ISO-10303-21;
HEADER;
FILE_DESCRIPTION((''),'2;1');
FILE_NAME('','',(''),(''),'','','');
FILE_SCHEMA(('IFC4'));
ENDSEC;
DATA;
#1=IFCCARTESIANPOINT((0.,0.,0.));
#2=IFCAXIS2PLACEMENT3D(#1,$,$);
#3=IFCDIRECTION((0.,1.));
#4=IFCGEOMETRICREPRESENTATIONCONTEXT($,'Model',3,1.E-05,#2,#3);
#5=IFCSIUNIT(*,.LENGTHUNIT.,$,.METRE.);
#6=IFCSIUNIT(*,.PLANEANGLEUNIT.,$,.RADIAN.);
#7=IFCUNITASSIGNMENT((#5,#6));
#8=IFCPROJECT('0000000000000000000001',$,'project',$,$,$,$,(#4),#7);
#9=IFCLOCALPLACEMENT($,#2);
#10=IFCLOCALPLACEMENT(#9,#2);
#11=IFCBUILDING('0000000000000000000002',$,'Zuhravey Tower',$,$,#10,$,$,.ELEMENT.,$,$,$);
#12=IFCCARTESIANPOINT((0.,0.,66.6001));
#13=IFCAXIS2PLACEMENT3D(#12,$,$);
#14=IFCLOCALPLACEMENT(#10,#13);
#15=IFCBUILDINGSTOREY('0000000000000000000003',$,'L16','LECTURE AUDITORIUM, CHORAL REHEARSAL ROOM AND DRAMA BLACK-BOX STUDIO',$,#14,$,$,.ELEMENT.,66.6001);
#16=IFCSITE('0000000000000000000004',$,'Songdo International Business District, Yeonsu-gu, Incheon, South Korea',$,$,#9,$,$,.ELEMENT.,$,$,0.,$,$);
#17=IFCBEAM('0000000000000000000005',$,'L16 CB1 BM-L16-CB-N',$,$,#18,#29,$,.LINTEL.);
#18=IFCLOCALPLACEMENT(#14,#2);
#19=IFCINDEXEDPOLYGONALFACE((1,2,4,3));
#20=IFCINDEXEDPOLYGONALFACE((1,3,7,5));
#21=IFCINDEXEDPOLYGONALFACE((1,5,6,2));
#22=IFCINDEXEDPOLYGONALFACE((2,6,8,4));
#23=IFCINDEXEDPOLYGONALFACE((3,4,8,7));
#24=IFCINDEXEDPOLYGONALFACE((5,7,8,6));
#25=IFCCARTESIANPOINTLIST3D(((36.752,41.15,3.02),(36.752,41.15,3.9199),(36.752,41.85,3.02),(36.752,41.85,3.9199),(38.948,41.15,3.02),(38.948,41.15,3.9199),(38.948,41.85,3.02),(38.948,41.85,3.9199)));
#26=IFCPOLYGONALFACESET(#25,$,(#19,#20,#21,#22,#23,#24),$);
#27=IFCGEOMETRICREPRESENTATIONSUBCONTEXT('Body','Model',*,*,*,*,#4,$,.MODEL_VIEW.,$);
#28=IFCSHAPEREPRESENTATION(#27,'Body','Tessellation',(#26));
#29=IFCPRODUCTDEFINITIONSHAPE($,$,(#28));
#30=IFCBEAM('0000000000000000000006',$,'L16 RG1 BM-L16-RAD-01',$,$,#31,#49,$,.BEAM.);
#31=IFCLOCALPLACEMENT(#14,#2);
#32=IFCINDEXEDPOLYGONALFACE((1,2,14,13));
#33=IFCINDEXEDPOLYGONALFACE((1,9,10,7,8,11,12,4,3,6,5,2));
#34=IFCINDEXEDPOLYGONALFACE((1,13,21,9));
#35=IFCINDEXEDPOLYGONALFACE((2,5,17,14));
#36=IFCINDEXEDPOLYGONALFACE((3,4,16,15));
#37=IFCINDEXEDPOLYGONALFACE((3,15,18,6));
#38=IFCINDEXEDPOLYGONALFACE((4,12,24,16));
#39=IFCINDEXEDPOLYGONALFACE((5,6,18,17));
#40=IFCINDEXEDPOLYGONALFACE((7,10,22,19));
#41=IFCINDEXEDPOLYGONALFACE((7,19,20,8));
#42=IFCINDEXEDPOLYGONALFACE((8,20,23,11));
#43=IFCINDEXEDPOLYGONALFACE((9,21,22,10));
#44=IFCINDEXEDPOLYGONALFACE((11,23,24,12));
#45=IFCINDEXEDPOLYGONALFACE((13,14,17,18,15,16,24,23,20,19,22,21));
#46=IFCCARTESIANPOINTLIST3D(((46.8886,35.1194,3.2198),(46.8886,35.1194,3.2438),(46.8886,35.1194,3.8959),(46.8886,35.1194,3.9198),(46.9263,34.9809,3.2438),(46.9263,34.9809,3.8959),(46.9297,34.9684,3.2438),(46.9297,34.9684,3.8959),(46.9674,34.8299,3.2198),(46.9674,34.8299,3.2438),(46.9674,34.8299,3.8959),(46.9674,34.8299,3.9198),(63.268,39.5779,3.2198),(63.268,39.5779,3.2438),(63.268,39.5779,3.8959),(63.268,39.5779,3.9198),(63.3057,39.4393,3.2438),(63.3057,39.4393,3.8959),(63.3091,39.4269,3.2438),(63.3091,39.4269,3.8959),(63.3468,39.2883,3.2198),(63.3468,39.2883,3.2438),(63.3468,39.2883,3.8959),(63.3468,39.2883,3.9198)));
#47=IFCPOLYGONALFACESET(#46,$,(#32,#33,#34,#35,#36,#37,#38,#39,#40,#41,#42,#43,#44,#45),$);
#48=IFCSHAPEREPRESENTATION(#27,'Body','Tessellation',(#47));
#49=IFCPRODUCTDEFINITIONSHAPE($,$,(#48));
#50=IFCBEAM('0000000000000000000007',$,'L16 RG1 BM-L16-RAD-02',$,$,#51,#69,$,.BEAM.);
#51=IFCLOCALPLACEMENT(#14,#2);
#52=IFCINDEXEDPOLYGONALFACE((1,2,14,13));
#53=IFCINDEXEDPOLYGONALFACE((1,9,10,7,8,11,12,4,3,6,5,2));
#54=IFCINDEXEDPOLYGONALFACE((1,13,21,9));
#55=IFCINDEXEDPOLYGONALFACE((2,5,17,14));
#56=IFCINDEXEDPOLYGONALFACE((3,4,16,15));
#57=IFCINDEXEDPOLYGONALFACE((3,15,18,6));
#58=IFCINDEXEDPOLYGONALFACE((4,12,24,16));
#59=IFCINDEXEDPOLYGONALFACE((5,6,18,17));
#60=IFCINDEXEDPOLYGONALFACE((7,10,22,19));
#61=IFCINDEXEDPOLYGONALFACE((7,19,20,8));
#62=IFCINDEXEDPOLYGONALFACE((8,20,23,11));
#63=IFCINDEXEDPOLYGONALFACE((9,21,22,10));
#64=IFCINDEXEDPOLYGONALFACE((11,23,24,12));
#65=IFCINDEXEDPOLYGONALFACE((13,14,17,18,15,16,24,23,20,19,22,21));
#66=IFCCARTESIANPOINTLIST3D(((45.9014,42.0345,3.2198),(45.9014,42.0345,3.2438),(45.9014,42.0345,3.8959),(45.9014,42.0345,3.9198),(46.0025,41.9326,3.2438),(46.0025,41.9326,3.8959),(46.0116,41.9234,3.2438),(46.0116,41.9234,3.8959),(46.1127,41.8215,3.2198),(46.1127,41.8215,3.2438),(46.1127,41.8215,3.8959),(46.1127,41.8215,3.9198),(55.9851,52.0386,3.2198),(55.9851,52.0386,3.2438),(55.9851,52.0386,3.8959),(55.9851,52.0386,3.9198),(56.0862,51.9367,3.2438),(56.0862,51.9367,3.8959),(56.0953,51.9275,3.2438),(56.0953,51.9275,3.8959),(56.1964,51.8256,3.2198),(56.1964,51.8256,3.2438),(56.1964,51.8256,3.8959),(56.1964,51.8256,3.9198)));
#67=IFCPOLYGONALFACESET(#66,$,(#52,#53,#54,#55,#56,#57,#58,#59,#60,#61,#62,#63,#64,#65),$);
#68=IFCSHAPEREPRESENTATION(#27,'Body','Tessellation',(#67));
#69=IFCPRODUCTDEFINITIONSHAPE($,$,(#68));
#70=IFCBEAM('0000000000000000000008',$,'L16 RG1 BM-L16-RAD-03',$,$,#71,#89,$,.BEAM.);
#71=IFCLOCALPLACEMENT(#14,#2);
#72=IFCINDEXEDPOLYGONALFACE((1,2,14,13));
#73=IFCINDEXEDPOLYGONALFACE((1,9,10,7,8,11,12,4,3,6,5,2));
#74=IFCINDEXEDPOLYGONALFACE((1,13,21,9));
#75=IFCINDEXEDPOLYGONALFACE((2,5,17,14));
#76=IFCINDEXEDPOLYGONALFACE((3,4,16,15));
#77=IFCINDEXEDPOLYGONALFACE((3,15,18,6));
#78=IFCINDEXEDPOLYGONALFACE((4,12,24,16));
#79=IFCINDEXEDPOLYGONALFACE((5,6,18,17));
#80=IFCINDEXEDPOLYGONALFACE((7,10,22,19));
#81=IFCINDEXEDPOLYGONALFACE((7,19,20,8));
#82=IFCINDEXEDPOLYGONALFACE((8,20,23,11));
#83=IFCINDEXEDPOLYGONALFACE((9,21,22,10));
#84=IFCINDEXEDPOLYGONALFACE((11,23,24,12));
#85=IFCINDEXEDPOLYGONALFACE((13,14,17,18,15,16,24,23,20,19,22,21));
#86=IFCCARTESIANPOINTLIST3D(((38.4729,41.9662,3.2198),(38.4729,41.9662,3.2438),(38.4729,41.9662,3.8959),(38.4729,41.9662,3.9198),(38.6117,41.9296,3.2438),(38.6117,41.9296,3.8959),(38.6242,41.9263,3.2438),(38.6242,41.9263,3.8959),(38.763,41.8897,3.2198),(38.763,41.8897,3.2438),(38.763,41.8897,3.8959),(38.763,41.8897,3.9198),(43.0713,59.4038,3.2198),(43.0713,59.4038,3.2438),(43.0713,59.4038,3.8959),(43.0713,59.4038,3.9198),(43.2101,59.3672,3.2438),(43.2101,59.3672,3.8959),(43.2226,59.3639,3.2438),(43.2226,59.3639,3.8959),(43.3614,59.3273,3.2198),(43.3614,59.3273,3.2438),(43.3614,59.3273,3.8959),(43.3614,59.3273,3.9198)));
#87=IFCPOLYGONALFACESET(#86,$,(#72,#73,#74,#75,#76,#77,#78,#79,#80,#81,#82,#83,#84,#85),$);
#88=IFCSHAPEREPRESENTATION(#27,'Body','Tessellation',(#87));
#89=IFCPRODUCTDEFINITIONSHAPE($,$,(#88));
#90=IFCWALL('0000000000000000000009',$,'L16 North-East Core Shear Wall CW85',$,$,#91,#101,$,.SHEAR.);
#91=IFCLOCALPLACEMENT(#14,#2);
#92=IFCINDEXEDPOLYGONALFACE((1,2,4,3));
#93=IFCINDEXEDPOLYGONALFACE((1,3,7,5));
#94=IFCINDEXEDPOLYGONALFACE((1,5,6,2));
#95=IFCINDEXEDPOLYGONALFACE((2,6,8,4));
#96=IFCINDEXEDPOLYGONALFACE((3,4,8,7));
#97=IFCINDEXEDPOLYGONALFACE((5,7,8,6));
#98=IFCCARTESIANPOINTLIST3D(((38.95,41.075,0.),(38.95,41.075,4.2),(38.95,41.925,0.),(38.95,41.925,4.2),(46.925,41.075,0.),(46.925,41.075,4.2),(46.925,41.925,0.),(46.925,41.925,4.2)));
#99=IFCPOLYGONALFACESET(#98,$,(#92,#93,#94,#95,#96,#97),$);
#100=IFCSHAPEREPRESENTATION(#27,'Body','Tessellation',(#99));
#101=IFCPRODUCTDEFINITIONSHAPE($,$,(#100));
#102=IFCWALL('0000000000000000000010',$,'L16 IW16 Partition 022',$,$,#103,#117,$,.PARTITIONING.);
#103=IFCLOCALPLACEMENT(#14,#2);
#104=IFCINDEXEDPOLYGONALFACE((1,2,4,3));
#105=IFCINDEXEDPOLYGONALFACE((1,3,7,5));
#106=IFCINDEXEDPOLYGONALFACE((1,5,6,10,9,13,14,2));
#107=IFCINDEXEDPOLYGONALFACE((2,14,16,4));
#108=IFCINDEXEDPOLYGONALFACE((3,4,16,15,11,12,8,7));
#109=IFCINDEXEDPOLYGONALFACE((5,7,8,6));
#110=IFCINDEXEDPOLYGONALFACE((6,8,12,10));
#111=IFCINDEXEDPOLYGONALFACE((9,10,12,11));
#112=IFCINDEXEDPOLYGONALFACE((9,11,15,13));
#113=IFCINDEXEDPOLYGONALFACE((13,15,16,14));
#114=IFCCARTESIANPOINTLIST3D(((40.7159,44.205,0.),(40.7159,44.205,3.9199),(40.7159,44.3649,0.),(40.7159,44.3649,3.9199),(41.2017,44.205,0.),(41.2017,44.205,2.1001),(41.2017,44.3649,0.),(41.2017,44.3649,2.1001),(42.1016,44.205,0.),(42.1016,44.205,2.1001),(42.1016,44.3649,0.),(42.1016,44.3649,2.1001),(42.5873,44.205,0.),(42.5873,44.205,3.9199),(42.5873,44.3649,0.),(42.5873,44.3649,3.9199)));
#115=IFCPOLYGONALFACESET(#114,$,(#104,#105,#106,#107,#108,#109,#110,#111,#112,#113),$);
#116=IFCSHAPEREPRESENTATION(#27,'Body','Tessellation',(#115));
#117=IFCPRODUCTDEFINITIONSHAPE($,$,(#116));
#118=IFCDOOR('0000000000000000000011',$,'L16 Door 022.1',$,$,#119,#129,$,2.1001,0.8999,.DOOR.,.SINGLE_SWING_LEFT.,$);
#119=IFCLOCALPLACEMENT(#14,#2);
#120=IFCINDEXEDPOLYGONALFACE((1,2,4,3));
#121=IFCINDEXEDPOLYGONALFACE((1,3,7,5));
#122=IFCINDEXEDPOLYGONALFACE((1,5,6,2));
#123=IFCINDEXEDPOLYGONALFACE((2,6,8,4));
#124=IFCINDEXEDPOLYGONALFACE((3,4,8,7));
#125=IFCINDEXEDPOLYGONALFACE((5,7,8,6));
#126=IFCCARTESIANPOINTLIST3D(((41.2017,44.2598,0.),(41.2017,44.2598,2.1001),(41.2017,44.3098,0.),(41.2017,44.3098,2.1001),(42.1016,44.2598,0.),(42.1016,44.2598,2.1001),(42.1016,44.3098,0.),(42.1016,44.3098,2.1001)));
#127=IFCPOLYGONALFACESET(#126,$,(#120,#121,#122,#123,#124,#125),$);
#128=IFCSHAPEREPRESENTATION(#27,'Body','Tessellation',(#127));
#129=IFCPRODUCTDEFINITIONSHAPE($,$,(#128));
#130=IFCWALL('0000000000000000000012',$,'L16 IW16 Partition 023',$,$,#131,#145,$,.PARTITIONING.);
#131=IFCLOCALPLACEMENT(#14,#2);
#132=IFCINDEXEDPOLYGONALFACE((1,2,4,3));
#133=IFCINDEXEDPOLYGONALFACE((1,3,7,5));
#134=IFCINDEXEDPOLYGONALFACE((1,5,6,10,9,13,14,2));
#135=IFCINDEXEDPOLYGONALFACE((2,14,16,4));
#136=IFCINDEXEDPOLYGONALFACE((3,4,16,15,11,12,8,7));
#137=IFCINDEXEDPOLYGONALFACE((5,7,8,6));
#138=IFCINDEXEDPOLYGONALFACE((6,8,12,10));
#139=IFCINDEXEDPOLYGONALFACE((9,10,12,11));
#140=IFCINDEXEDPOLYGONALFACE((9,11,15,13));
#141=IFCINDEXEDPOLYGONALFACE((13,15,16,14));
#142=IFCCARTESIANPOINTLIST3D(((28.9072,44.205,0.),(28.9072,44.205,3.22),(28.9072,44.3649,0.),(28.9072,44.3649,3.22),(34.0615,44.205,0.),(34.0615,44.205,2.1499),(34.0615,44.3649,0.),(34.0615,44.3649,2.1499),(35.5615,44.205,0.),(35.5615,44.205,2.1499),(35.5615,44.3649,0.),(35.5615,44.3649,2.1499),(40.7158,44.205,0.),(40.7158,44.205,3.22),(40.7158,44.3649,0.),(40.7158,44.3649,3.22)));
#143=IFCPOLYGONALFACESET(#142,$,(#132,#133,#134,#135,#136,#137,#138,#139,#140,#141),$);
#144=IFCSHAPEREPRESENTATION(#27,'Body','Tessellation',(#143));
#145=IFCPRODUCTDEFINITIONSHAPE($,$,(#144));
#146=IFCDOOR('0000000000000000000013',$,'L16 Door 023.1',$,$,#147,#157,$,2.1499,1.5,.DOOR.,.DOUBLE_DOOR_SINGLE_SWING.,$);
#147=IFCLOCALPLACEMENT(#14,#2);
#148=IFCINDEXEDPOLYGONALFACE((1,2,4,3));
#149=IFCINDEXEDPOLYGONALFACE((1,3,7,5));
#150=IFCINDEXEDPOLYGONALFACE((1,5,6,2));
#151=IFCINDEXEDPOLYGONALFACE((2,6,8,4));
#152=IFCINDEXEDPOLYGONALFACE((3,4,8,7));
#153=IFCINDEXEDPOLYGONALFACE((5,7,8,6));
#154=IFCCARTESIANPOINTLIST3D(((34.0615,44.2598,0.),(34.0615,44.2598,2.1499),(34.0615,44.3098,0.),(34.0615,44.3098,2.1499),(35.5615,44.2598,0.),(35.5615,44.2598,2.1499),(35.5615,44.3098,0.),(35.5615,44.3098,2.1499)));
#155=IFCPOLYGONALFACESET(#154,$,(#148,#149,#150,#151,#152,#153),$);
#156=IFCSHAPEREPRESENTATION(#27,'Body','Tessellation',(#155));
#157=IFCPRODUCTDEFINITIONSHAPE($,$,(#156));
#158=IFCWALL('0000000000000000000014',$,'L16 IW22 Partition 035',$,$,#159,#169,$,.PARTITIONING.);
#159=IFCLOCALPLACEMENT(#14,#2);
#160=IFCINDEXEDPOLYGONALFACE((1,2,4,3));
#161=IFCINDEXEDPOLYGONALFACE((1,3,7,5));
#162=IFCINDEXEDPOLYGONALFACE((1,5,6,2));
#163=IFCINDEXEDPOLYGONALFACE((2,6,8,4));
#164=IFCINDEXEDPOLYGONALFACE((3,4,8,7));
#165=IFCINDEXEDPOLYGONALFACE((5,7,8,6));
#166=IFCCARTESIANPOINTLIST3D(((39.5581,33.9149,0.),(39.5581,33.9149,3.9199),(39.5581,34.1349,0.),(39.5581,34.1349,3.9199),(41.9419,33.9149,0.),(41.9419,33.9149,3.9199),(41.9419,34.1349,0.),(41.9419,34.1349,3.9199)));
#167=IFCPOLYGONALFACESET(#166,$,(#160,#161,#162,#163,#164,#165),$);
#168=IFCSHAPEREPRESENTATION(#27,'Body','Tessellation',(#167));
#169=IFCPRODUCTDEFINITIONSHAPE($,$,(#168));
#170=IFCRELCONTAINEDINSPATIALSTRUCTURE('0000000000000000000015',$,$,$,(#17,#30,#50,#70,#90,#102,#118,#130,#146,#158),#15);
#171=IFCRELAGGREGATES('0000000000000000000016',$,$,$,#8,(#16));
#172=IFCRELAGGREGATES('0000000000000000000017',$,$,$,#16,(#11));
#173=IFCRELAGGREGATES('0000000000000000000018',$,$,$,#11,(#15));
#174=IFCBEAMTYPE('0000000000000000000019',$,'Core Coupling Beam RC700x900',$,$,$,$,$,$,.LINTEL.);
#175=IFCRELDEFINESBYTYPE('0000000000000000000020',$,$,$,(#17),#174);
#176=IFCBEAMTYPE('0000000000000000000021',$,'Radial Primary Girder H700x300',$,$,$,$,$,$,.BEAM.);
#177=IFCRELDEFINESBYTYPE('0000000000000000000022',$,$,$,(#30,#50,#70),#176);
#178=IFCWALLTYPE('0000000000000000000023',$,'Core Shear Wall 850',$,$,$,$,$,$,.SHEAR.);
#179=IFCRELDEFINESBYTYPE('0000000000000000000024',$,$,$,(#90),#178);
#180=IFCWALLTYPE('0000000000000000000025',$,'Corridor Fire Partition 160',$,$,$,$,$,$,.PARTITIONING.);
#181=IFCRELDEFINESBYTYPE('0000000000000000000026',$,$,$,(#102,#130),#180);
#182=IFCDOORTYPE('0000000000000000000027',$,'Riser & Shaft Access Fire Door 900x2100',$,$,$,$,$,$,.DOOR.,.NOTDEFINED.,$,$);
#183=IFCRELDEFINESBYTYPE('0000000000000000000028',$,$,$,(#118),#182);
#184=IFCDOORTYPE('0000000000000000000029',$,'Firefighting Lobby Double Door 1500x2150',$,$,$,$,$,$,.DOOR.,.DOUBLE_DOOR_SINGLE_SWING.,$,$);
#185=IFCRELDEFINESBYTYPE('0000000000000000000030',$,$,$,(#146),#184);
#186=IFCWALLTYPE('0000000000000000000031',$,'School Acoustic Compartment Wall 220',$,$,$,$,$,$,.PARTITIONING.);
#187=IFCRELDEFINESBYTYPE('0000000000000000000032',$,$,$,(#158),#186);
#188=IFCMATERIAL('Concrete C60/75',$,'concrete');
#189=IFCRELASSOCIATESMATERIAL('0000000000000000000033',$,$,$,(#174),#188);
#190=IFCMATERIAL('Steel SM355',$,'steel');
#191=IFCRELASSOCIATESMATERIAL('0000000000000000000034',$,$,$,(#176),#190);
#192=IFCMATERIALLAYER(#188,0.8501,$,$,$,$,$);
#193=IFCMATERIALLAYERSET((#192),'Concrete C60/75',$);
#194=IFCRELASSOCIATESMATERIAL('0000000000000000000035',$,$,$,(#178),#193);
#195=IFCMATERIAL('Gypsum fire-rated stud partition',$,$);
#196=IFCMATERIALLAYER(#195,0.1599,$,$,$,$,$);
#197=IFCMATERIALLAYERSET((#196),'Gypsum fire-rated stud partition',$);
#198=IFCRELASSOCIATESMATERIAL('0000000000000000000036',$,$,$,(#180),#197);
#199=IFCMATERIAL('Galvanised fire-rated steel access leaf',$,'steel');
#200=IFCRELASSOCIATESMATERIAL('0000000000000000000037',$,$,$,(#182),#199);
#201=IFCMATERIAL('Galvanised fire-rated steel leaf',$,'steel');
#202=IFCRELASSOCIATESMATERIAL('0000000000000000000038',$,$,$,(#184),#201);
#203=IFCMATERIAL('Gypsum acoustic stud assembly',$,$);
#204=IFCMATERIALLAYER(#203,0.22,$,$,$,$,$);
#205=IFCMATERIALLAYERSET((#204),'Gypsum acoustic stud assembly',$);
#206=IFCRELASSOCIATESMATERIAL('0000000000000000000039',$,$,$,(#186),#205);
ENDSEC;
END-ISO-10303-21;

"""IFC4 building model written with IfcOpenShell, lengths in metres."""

from ifc_helpers import new_model, si_unit, direction, frame, frame_2d, origin, origin_2d, place, context, subcontext, project, spatial, rectangle, i_section, extrude, material, layer, layer_set, material_profile, profile_set, type_object, element, fill, save


model = new_model("IFC4")

# Units and contexts
model_context = context("Model", 3, precision=1e-05, world=origin(), true_north=direction((0.0, 1.0)))
body_context = subcontext(model_context, "Body", "Model", "MODEL_VIEW")
ifc_project = project(units=[si_unit("LENGTHUNIT", "METRE"), si_unit("PLANEANGLEUNIT", "RADIAN")], contexts=[model_context])

# Site, building, storey
site_placement = place(None, origin())
site = spatial("IfcSite", under=ifc_project, at=site_placement, Name="Songdo International Business District, Yeonsu-gu, Incheon, South Korea", CompositionType="ELEMENT", RefElevation=0.0)
building_placement = place(site_placement, origin())
building = spatial("IfcBuilding", under=site, at=building_placement, Name="Zuhravey Tower", CompositionType="ELEMENT")
storey_placement = place(building_placement, frame((0.0, 0.0, 66.6001)))
storey = spatial("IfcBuildingStorey", under=building, at=storey_placement, Name="L16", Description="LECTURE AUDITORIUM, CHORAL REHEARSAL ROOM AND DRAMA BLACK-BOX STUDIO", CompositionType="ELEMENT", Elevation=66.6001)

# Beams
ifc_material_1 = material(Name="Concrete C60/75", Category="concrete")
ifc_material_profile_1 = material_profile(ifc_material_1, rectangle(XDim=0.7, YDim=0.8999, at=origin_2d()), Name="RC-700x900")
ifc_profile_set_1 = profile_set([ifc_material_profile_1], Name="Concrete C60/75")
beam_type_1 = type_object("IfcBeamType", Name="Core Coupling Beam RC700x900", PredefinedType="LINTEL", material=ifc_profile_set_1)
beam_1_placement = place(storey_placement, frame((36.752, 41.5, 3.47), z_axis=(1.0, 0.0, 0.0), x_axis=(0.0, 1.0, 0.0)))
element("IfcBeam", 1, at=beam_1_placement, inside=storey, type_object=beam_type_1, Name="L16 CB1 BM-L16-CB-N", PredefinedType="LINTEL", context=body_context, shape_type="SweptSolid", body=[
    extrude(rectangle(XDim=0.7, YDim=0.8999, at=origin_2d()), origin(), (0.0, 0.0, 1.0), 2.196),
])
ifc_material_2 = material(Name="Steel SM355", Category="steel")
ifc_material_profile_2 = material_profile(ifc_material_2, i_section(OverallWidth=0.3, OverallDepth=0.7, WebThickness=0.0129, FlangeThickness=0.0239, at=origin_2d()), Name="H-700x300x13x24")
ifc_profile_set_2 = profile_set([ifc_material_profile_2], Name="Steel SM355")
beam_type_2 = type_object("IfcBeamType", Name="Radial Primary Girder H700x300", PredefinedType="BEAM", material=ifc_profile_set_2)
beam_2_placement = place(storey_placement, frame((46.928, 34.9746, 3.5698), z_axis=(0.964892, 0.262645, 0.0), x_axis=(-0.262645, 0.964892, 0.0)))
element("IfcBeam", 2, at=beam_2_placement, inside=storey, type_object=beam_type_2, Name="L16 RG1 BM-L16-RAD-01", PredefinedType="BEAM", context=body_context, shape_type="SweptSolid", body=[
    extrude(i_section(OverallWidth=0.3, OverallDepth=0.7, WebThickness=0.0129, FlangeThickness=0.0239, at=origin_2d()), origin(), (0.0, 0.0, 1.0), 16.9753),
])
beam_3_placement = place(storey_placement, frame((46.0071, 41.928, 3.5698), z_axis=(0.709903, 0.7043, 0.0), x_axis=(-0.7043, 0.709903, 0.0)))
element("IfcBeam", 3, at=beam_3_placement, inside=storey, type_object=beam_type_2, Name="L16 RG1 BM-L16-RAD-02", PredefinedType="BEAM", context=body_context, shape_type="SweptSolid", body=[
    extrude(i_section(OverallWidth=0.3, OverallDepth=0.7, WebThickness=0.0129, FlangeThickness=0.0239, at=origin_2d()), origin(), (0.0, 0.0, 1.0), 14.2043),
])
beam_4_placement = place(storey_placement, frame((38.6179, 41.928, 3.5698), z_axis=(0.25499, 0.966944, 0.0), x_axis=(-0.966944, 0.25499, 0.0)))
element("IfcBeam", 4, at=beam_4_placement, inside=storey, type_object=beam_type_2, Name="L16 RG1 BM-L16-RAD-03", PredefinedType="BEAM", context=body_context, shape_type="SweptSolid", body=[
    extrude(i_section(OverallWidth=0.3, OverallDepth=0.7, WebThickness=0.0129, FlangeThickness=0.0239, at=origin_2d()), origin(), (0.0, 0.0, 1.0), 18.0337),
])

# Wall
ifc_layer_1 = layer(ifc_material_1, 0.8501)
ifc_layer_set_1 = layer_set([ifc_layer_1], Name="Concrete C60/75")
wall_type_1 = type_object("IfcWallType", Name="Core Shear Wall 850", PredefinedType="SHEAR", material=ifc_layer_set_1)
wall_1_placement = place(storey_placement, frame((46.925, 41.5, 0.0), z_axis=(0.0, 0.0, 1.0), x_axis=(-1.0, 0.0, 0.0)))
element("IfcWall", 5, at=wall_1_placement, inside=storey, type_object=wall_type_1, Name="L16 North-East Core Shear Wall CW85", PredefinedType="SHEAR", context=body_context, shape_type="SweptSolid", body=[
    extrude(rectangle(XDim=7.9751, YDim=0.8501, at=frame_2d((3.9875, 0.0))), origin(), (0.0, 0.0, 1.0), 4.2),
])

# Walls, openings, doors
ifc_material_3 = material(Name="Galvanised fire-rated steel leaf", Category="steel")
ifc_material_4 = material(Name="Gypsum fire-rated stud partition")
ifc_layer_2 = layer(ifc_material_4, 0.1599)
ifc_layer_set_2 = layer_set([ifc_layer_2], Name="Gypsum fire-rated stud partition")
wall_type_2 = type_object("IfcWallType", Name="Corridor Fire Partition 160", PredefinedType="PARTITIONING", material=ifc_layer_set_2)
wall_2_placement = place(storey_placement, frame((42.5872, 44.2849, 0.0), z_axis=(0.0, 0.0, 1.0), x_axis=(-1.0, 0.0, 0.0)))
wall_2 = element("IfcWall", 6, at=wall_2_placement, inside=storey, type_object=wall_type_2, Name="L16 IW16 Partition 022", PredefinedType="PARTITIONING", context=body_context, shape_type="SweptSolid", body=[
    extrude(rectangle(XDim=1.8713, YDim=0.1599, at=frame_2d((0.9355, 0.0))), origin(), (0.0, 0.0, 1.0), 3.9199),
])
opening_1_placement = place(wall_2_placement, frame((0.4856, 0.0, 0.0)))
opening_1 = element("IfcOpeningElement", 7, at=opening_1_placement, cuts=wall_2, PredefinedType="OPENING", context=body_context, shape_type="SweptSolid", body=[
    extrude(rectangle(XDim=0.8999, YDim=2.1001, at=frame_2d((0.45, 1.05))), frame((0.0, 0.092, 0.0), z_axis=(0.0, -1.0, 0.0), x_axis=(1.0, 0.0, 0.0)), (0.0, 0.0, 1.0), 0.1838),
])
ifc_material_5 = material(Name="Galvanised fire-rated steel access leaf", Category="steel")
door_type_1 = type_object("IfcDoorType", Name="Riser & Shaft Access Fire Door 900x2100", OperationType="NOTDEFINED", PredefinedType="DOOR", material=ifc_material_5)
door_1_placement = place(opening_1_placement, frame((0.8999, 0.0, 0.0), z_axis=(0.0, 0.0, 1.0), x_axis=(-1.0, 0.0, 0.0)))
door_1 = element("IfcDoor", 8, at=door_1_placement, inside=storey, type_object=door_type_1, Name="L16 Door 022.1", OperationType="SINGLE_SWING_LEFT", OverallHeight=2.1001, OverallWidth=0.8999, PredefinedType="DOOR", context=body_context, shape_type="SweptSolid", body=[
    extrude(rectangle(XDim=0.8999, YDim=2.1001, at=frame_2d((0.45, 1.05))), frame((0.0, 0.0249, 0.0), z_axis=(0.0, -1.0, 0.0), x_axis=(1.0, 0.0, 0.0)), (0.0, 0.0, 1.0), 0.05),
])
fill(opening_1, door_1)
wall_3_placement = place(storey_placement, frame((40.7158, 44.2849, 0.0), z_axis=(0.0, 0.0, 1.0), x_axis=(-1.0, 0.0, 0.0)))
wall_3 = element("IfcWall", 9, at=wall_3_placement, inside=storey, type_object=wall_type_2, Name="L16 IW16 Partition 023", PredefinedType="PARTITIONING", context=body_context, shape_type="SweptSolid", body=[
    extrude(rectangle(XDim=11.8086, YDim=0.1599, at=frame_2d((5.9043, 0.0))), origin(), (0.0, 0.0, 1.0), 3.22),
])
opening_2_placement = place(wall_3_placement, frame((5.1543, 0.0, 0.0)))
opening_2 = element("IfcOpeningElement", 10, at=opening_2_placement, cuts=wall_3, PredefinedType="OPENING", context=body_context, shape_type="SweptSolid", body=[
    extrude(rectangle(XDim=1.5, YDim=2.1499, at=frame_2d((0.75, 1.075))), frame((0.0, 0.092, 0.0), z_axis=(0.0, -1.0, 0.0), x_axis=(1.0, 0.0, 0.0)), (0.0, 0.0, 1.0), 0.1838),
])
door_type_2 = type_object("IfcDoorType", Name="Firefighting Lobby Double Door 1500x2150", OperationType="DOUBLE_DOOR_SINGLE_SWING", PredefinedType="DOOR", material=ifc_material_3)
door_2_placement = place(opening_2_placement, frame((1.5, 0.0, 0.0), z_axis=(0.0, 0.0, 1.0), x_axis=(-1.0, 0.0, 0.0)))
door_2 = element("IfcDoor", 11, at=door_2_placement, inside=storey, type_object=door_type_2, Name="L16 Door 023.1", OperationType="DOUBLE_DOOR_SINGLE_SWING", OverallHeight=2.1499, OverallWidth=1.5, PredefinedType="DOOR", context=body_context, shape_type="SweptSolid", body=[
    extrude(rectangle(XDim=1.5, YDim=2.1499, at=frame_2d((0.75, 1.075))), frame((0.0, 0.0249, 0.0), z_axis=(0.0, -1.0, 0.0), x_axis=(1.0, 0.0, 0.0)), (0.0, 0.0, 1.0), 0.05),
])
fill(opening_2, door_2)

# Wall
ifc_material_6 = material(Name="Gypsum acoustic stud assembly")
ifc_layer_3 = layer(ifc_material_6, 0.22)
ifc_layer_set_3 = layer_set([ifc_layer_3], Name="Gypsum acoustic stud assembly")
wall_type_3 = type_object("IfcWallType", Name="School Acoustic Compartment Wall 220", PredefinedType="PARTITIONING", material=ifc_layer_set_3)
for number, where, z_axis, x_axis, name in (
    (12, (39.5581, 34.0249, 0.0), (0.0, 0.0, 1.0), (1.0, 0.0, 0.0), "L16 IW22 Partition 035"),
):
    element("IfcWall", number, at=place(storey_placement, frame(where, z_axis=z_axis, x_axis=x_axis)), inside=storey, type_object=wall_type_3, Name=name, PredefinedType="PARTITIONING", context=body_context, shape_type="SweptSolid", body=[
        extrude(rectangle(XDim=2.3838, YDim=0.22, at=frame_2d((1.1919, 0.0))), origin(), (0.0, 0.0, 1.0), 3.9199),
    ])

save(model, "model.ifc")
